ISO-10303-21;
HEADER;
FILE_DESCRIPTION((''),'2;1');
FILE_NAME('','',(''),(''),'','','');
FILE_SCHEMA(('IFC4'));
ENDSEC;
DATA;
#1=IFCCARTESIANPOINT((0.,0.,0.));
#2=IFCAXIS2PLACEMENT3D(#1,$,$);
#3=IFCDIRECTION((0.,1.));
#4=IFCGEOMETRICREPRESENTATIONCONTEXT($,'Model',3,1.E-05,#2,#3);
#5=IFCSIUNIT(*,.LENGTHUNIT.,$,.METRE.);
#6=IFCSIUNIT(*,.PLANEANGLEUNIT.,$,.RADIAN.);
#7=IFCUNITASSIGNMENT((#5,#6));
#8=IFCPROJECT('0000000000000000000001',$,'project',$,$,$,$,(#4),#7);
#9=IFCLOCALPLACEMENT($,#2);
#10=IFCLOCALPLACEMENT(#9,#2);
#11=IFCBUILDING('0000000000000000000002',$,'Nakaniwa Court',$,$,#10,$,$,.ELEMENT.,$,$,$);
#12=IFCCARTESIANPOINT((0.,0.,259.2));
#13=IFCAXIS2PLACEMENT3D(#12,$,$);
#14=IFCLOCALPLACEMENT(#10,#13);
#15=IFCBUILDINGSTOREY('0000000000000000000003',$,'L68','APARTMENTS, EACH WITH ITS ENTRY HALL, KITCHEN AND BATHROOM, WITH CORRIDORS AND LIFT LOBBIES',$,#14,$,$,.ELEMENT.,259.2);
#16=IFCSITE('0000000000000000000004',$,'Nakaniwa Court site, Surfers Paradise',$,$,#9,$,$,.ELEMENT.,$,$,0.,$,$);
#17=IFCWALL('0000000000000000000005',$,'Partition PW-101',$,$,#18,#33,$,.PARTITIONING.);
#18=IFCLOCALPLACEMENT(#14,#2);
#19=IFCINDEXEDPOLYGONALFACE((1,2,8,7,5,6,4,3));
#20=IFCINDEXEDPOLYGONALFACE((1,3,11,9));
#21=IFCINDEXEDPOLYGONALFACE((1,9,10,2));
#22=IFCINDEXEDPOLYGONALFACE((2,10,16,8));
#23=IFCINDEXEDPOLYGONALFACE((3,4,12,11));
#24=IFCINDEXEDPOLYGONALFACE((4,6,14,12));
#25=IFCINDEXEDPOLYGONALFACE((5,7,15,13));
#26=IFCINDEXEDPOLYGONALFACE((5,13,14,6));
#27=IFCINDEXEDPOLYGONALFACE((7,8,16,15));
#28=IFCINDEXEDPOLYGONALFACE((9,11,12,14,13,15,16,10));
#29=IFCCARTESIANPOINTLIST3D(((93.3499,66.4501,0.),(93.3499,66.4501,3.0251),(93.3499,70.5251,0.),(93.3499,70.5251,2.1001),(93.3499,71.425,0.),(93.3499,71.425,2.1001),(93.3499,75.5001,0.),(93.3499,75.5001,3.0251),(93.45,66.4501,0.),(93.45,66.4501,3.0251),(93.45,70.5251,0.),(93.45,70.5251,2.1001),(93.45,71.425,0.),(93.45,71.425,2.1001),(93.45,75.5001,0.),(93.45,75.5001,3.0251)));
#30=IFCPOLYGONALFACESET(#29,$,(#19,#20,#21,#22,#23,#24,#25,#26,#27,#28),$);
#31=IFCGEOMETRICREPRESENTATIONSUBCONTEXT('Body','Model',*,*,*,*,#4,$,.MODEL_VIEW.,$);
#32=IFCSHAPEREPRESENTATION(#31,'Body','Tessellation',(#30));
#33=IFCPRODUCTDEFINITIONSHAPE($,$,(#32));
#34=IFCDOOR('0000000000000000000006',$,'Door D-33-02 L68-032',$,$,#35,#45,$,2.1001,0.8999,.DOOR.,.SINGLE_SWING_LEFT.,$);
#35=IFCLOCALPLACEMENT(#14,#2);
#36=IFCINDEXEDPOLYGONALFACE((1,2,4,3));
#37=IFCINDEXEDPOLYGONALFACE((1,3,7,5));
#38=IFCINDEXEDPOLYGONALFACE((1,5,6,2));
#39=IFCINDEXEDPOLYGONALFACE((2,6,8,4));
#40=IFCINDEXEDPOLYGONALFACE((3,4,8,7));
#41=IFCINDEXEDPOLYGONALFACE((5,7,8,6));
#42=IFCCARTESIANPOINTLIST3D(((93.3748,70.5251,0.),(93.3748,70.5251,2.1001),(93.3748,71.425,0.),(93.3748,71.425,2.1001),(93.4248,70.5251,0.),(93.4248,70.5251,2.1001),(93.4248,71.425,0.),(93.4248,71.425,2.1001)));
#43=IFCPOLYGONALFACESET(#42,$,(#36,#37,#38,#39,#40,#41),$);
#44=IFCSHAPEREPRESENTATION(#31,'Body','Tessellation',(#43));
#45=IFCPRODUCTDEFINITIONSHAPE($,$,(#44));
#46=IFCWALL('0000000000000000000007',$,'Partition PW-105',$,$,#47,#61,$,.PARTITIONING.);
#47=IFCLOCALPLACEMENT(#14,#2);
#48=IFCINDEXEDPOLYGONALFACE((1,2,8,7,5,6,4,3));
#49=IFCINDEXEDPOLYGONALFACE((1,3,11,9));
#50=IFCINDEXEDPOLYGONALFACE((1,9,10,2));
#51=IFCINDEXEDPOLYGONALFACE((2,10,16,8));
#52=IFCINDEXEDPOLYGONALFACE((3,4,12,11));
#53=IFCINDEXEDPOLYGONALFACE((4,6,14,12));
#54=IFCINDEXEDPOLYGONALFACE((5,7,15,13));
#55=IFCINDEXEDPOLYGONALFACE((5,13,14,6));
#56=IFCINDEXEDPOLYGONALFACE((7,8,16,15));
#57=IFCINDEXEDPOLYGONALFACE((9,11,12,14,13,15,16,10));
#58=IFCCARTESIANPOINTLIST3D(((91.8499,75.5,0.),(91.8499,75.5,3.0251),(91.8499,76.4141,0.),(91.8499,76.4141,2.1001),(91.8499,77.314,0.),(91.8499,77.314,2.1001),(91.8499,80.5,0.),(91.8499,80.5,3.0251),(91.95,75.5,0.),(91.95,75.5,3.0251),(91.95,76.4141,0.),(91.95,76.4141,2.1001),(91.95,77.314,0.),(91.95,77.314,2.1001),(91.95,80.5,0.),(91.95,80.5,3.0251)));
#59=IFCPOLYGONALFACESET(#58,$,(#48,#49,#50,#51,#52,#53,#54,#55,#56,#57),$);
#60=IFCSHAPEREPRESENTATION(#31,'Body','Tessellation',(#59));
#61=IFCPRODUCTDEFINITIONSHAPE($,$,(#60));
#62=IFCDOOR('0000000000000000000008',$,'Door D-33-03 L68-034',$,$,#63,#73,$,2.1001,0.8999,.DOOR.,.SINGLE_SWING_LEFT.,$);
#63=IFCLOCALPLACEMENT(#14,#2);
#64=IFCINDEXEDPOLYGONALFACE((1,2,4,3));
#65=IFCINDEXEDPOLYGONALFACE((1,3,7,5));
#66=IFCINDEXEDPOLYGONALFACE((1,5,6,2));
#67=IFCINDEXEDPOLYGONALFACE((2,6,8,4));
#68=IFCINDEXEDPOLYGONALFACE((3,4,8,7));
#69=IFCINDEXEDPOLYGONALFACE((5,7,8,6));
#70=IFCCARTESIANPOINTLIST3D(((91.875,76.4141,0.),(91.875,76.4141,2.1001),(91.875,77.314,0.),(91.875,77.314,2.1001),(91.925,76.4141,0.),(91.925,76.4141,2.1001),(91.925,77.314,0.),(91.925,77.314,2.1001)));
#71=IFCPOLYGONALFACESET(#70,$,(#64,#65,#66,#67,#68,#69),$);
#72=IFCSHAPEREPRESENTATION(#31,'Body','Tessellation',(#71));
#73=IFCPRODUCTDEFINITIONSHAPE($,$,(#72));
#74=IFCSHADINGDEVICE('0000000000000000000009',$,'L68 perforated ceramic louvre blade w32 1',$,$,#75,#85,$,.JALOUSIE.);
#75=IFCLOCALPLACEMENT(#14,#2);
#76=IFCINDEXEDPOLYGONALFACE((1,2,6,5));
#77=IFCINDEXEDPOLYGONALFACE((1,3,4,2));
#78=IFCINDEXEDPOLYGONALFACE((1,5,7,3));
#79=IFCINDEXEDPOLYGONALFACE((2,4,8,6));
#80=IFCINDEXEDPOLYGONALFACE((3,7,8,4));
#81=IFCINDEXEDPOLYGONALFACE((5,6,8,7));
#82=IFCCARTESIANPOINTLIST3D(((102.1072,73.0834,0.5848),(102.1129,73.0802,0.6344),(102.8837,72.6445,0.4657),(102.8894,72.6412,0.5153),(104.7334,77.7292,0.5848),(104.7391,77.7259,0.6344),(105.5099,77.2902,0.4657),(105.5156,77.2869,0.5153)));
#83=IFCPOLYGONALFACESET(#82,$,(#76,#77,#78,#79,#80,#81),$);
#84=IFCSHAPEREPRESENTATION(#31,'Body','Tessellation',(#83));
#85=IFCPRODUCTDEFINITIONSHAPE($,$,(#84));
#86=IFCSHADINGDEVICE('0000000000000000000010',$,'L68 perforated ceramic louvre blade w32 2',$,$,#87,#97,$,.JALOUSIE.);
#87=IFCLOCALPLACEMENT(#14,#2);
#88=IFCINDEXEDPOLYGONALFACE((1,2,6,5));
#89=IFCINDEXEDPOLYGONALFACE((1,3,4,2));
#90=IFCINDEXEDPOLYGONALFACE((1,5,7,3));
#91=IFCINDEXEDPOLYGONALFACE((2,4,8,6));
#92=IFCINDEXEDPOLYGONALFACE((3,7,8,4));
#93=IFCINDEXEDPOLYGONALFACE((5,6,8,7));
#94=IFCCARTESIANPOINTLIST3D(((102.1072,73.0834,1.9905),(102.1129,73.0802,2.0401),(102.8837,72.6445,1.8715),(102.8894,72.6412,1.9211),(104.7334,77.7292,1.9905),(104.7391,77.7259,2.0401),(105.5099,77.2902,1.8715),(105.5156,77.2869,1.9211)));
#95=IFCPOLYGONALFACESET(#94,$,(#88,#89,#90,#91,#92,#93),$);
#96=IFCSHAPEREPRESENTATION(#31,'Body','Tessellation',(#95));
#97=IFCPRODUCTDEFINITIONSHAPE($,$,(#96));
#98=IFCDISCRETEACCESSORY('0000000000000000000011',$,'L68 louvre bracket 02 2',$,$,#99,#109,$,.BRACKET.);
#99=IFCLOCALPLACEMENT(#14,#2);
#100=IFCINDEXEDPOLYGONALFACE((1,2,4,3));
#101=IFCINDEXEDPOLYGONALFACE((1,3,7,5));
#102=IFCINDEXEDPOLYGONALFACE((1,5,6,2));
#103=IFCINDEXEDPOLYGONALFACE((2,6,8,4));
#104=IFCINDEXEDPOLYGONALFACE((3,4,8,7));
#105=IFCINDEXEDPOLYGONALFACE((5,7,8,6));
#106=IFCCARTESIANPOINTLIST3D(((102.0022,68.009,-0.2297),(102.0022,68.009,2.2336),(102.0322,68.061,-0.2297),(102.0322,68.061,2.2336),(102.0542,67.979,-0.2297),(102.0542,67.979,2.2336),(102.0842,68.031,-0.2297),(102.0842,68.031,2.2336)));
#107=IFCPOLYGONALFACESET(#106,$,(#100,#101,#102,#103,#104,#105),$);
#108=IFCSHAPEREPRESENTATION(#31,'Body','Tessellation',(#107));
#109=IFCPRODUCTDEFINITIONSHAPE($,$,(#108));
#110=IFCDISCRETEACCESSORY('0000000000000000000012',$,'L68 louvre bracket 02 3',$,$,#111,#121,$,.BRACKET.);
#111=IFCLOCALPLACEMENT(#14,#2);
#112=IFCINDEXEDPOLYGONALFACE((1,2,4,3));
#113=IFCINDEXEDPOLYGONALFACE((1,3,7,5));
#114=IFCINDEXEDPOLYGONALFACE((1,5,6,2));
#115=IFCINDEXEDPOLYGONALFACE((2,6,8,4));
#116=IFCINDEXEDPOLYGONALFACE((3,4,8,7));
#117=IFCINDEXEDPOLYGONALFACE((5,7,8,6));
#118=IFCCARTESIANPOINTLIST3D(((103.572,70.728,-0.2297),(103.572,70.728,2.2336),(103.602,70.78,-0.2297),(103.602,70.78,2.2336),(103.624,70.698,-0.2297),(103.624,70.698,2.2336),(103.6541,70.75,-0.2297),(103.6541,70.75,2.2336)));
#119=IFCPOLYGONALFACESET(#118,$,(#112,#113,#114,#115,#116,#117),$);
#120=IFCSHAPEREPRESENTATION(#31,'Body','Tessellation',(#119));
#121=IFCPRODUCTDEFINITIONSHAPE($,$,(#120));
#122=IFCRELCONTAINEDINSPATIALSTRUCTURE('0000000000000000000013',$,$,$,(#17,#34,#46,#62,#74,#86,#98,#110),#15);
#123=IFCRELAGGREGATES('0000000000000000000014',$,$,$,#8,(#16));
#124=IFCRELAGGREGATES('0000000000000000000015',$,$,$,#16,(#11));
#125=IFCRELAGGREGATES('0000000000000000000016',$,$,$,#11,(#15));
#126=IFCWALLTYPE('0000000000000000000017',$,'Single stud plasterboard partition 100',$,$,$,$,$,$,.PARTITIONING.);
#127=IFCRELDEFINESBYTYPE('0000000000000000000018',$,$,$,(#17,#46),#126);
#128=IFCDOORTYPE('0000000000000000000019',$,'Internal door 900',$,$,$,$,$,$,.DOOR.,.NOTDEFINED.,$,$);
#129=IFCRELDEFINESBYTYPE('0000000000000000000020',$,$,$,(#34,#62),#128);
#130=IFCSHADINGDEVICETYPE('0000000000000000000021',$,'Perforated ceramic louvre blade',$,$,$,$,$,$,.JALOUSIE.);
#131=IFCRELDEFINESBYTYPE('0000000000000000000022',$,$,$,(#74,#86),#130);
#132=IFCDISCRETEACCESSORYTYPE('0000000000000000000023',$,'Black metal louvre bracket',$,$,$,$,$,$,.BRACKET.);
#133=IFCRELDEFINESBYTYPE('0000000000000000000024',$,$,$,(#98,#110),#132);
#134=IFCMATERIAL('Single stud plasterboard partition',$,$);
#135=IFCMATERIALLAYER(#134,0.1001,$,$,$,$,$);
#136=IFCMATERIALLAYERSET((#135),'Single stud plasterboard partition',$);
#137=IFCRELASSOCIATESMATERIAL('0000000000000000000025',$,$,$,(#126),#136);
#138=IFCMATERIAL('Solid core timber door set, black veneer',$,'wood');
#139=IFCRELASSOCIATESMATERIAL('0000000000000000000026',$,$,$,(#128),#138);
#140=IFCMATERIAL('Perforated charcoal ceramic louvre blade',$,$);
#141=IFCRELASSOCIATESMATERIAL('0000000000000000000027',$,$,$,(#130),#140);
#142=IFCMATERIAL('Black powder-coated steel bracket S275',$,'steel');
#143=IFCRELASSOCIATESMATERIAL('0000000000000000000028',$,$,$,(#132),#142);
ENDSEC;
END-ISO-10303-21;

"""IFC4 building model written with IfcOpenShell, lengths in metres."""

from ifc_helpers import new_model, si_unit, direction, frame, frame_2d, origin, origin_2d, place, context, subcontext, project, spatial, rectangle, extrude, material, layer, layer_set, material_profile, profile_set, type_object, element, fill, save


model = new_model("IFC4")

# Units and contexts
model_context = context("Model", 3, precision=1e-05, world=origin(), true_north=direction((0.0, 1.0)))
body_context = subcontext(model_context, "Body", "Model", "MODEL_VIEW")
ifc_project = project(units=[si_unit("LENGTHUNIT", "METRE"), si_unit("PLANEANGLEUNIT", "RADIAN")], contexts=[model_context])

# Site, building, storey
site_placement = place(None, origin())
site = spatial("IfcSite", under=ifc_project, at=site_placement, Name="Nakaniwa Court site, Surfers Paradise", CompositionType="ELEMENT", RefElevation=0.0)
building_placement = place(site_placement, origin())
building = spatial("IfcBuilding", under=site, at=building_placement, Name="Nakaniwa Court", CompositionType="ELEMENT")
storey_placement = place(building_placement, frame((0.0, 0.0, 259.2)))
storey = spatial("IfcBuildingStorey", under=building, at=storey_placement, Name="L68", Description="APARTMENTS, EACH WITH ITS ENTRY HALL, KITCHEN AND BATHROOM, WITH CORRIDORS AND LIFT LOBBIES", CompositionType="ELEMENT", Elevation=259.2)

# Walls, openings, doors
ifc_material_1 = material(Name="Single stud plasterboard partition")
ifc_layer_1 = layer(ifc_material_1, 0.1001)
ifc_layer_set_1 = layer_set([ifc_layer_1], Name="Single stud plasterboard partition")
wall_type_1 = type_object("IfcWallType", Name="Single stud plasterboard partition 100", PredefinedType="PARTITIONING", material=ifc_layer_set_1)
wall_1_placement = place(storey_placement, frame((93.3999, 75.5, 0.0), z_axis=(0.0, 0.0, 1.0), x_axis=(0.0, -1.0, 0.0)))
wall_1 = element("IfcWall", 1, at=wall_1_placement, inside=storey, type_object=wall_type_1, Name="Partition PW-101", PredefinedType="PARTITIONING", context=body_context, shape_type="SweptSolid", body=[
    extrude(rectangle(XDim=9.05, YDim=0.1001, at=frame_2d((4.5249, 0.0))), origin(), (0.0, 0.0, 1.0), 3.0251),
])
opening_1_placement = place(wall_1_placement, frame((4.075, 0.0, 0.0)))
opening_1 = element("IfcOpeningElement", 2, at=opening_1_placement, cuts=wall_1, PredefinedType="OPENING", context=body_context, shape_type="SweptSolid", body=[
    extrude(rectangle(XDim=0.8999, YDim=2.1001, at=frame_2d((0.45, 1.05))), frame((0.0, 0.0601, 0.0), z_axis=(0.0, -1.0, 0.0), x_axis=(1.0, 0.0, 0.0)), (0.0, 0.0, 1.0), 0.1201),
])
ifc_material_2 = material(Name="Solid core timber door set, black veneer", Category="wood")
door_type_1 = type_object("IfcDoorType", Name="Internal door 900", OperationType="NOTDEFINED", PredefinedType="DOOR", material=ifc_material_2)
door_1_placement = place(opening_1_placement, origin())
door_1 = element("IfcDoor", 3, at=door_1_placement, inside=storey, type_object=door_type_1, Name="Door D-33-02 L68-032", OperationType="SINGLE_SWING_LEFT", OverallHeight=2.1001, OverallWidth=0.8999, PredefinedType="DOOR", context=body_context, shape_type="SweptSolid", body=[
    extrude(rectangle(XDim=0.8999, YDim=2.1001, at=frame_2d((0.45, 1.05))), frame((0.0, 0.0249, 0.0), z_axis=(0.0, -1.0, 0.0), x_axis=(1.0, 0.0, 0.0)), (0.0, 0.0, 1.0), 0.05),
])
fill(opening_1, door_1)
wall_2_placement = place(storey_placement, frame((91.8999, 75.5, 0.0), z_axis=(0.0, 0.0, 1.0), x_axis=(0.0, 1.0, 0.0)))
wall_2 = element("IfcWall", 4, at=wall_2_placement, inside=storey, type_object=wall_type_1, Name="Partition PW-105", PredefinedType="PARTITIONING", context=body_context, shape_type="SweptSolid", body=[
    extrude(rectangle(XDim=5.0, YDim=0.1001, at=frame_2d((2.5, 0.0))), origin(), (0.0, 0.0, 1.0), 3.0251),
])
opening_2_placement = place(wall_2_placement, frame((0.9141, 0.0, 0.0)))
opening_2 = element("IfcOpeningElement", 5, at=opening_2_placement, cuts=wall_2, PredefinedType="OPENING", context=body_context, shape_type="SweptSolid", body=[
    extrude(rectangle(XDim=0.8999, YDim=2.1001, at=frame_2d((0.45, 1.05))), frame((0.0, 0.0601, 0.0), z_axis=(0.0, -1.0, 0.0), x_axis=(1.0, 0.0, 0.0)), (0.0, 0.0, 1.0), 0.1201),
])
door_2_placement = place(opening_2_placement, origin())
door_2 = element("IfcDoor", 6, at=door_2_placement, inside=storey, type_object=door_type_1, Name="Door D-33-03 L68-034", OperationType="SINGLE_SWING_LEFT", OverallHeight=2.1001, OverallWidth=0.8999, PredefinedType="DOOR", context=body_context, shape_type="SweptSolid", body=[
    extrude(rectangle(XDim=0.8999, YDim=2.1001, at=frame_2d((0.45, 1.05))), frame((0.0, 0.0249, 0.0), z_axis=(0.0, -1.0, 0.0), x_axis=(1.0, 0.0, 0.0)), (0.0, 0.0, 1.0), 0.05),
])
fill(opening_2, door_2)

# Shading devices
ifc_material_3 = material(Name="Perforated charcoal ceramic louvre blade")
ifc_material_profile_1 = material_profile(ifc_material_3, rectangle(XDim=0.8999, YDim=0.05, at=origin_2d()), Name="Perforated ceramic louvre blade")
ifc_profile_set_1 = profile_set([ifc_material_profile_1], Name="Perforated charcoal ceramic louvre blade")
shading_device_type = type_object("IfcShadingDeviceType", Name="Perforated ceramic louvre blade", PredefinedType="JALOUSIE", material=ifc_profile_set_1)
for number, where, z_axis, x_axis, name in (
    (7, (102.4983, 72.8623, 0.55), (0.492109, 0.870534, 0.0), (-0.862887, 0.487786, 0.132256), "L68 perforated ceramic louvre blade w32 1"),
    (8, (102.4983, 72.8623, 1.9558), (0.492109, 0.870534, 0.0), (-0.862887, 0.487786, 0.132256), "L68 perforated ceramic louvre blade w32 2"),
):
    element("IfcShadingDevice", number, at=place(storey_placement, frame(where, z_axis=z_axis, x_axis=x_axis)), inside=storey, type_object=shading_device_type, Name=name, PredefinedType="JALOUSIE", context=body_context, shape_type="SweptSolid", body=[
        extrude(rectangle(XDim=0.8999, YDim=0.05, at=origin_2d()), origin(), (0.0, 0.0, 1.0), 5.3367),
    ])

# Discrete accessories
ifc_material_4 = material(Name="Black powder-coated steel bracket S275", Category="steel")
discrete_accessory_type = type_object("IfcDiscreteAccessoryType", Name="Black metal louvre bracket", PredefinedType="BRACKET", material=ifc_material_4)
for number, where, z_axis, x_axis, name in (
    (9, (102.0432, 68.02, -0.2297), (0.0, 0.0, 1.0), (0.499986, 0.866033, 0.0), "L68 louvre bracket 02 2"),
    (10, (103.613, 70.739, -0.2297), (0.0, 0.0, 1.0), (0.499986, 0.866033, 0.0), "L68 louvre bracket 02 3"),
):
    element("IfcDiscreteAccessory", number, at=place(storey_placement, frame(where, z_axis=z_axis, x_axis=x_axis)), inside=storey, type_object=discrete_accessory_type, Name=name, PredefinedType="BRACKET", context=body_context, shape_type="SweptSolid", body=[
        extrude(rectangle(XDim=0.0601, YDim=0.0601, at=origin_2d()), origin(), (0.0, 0.0, 1.0), 2.4634),
    ])

save(model, "model.ifc")
